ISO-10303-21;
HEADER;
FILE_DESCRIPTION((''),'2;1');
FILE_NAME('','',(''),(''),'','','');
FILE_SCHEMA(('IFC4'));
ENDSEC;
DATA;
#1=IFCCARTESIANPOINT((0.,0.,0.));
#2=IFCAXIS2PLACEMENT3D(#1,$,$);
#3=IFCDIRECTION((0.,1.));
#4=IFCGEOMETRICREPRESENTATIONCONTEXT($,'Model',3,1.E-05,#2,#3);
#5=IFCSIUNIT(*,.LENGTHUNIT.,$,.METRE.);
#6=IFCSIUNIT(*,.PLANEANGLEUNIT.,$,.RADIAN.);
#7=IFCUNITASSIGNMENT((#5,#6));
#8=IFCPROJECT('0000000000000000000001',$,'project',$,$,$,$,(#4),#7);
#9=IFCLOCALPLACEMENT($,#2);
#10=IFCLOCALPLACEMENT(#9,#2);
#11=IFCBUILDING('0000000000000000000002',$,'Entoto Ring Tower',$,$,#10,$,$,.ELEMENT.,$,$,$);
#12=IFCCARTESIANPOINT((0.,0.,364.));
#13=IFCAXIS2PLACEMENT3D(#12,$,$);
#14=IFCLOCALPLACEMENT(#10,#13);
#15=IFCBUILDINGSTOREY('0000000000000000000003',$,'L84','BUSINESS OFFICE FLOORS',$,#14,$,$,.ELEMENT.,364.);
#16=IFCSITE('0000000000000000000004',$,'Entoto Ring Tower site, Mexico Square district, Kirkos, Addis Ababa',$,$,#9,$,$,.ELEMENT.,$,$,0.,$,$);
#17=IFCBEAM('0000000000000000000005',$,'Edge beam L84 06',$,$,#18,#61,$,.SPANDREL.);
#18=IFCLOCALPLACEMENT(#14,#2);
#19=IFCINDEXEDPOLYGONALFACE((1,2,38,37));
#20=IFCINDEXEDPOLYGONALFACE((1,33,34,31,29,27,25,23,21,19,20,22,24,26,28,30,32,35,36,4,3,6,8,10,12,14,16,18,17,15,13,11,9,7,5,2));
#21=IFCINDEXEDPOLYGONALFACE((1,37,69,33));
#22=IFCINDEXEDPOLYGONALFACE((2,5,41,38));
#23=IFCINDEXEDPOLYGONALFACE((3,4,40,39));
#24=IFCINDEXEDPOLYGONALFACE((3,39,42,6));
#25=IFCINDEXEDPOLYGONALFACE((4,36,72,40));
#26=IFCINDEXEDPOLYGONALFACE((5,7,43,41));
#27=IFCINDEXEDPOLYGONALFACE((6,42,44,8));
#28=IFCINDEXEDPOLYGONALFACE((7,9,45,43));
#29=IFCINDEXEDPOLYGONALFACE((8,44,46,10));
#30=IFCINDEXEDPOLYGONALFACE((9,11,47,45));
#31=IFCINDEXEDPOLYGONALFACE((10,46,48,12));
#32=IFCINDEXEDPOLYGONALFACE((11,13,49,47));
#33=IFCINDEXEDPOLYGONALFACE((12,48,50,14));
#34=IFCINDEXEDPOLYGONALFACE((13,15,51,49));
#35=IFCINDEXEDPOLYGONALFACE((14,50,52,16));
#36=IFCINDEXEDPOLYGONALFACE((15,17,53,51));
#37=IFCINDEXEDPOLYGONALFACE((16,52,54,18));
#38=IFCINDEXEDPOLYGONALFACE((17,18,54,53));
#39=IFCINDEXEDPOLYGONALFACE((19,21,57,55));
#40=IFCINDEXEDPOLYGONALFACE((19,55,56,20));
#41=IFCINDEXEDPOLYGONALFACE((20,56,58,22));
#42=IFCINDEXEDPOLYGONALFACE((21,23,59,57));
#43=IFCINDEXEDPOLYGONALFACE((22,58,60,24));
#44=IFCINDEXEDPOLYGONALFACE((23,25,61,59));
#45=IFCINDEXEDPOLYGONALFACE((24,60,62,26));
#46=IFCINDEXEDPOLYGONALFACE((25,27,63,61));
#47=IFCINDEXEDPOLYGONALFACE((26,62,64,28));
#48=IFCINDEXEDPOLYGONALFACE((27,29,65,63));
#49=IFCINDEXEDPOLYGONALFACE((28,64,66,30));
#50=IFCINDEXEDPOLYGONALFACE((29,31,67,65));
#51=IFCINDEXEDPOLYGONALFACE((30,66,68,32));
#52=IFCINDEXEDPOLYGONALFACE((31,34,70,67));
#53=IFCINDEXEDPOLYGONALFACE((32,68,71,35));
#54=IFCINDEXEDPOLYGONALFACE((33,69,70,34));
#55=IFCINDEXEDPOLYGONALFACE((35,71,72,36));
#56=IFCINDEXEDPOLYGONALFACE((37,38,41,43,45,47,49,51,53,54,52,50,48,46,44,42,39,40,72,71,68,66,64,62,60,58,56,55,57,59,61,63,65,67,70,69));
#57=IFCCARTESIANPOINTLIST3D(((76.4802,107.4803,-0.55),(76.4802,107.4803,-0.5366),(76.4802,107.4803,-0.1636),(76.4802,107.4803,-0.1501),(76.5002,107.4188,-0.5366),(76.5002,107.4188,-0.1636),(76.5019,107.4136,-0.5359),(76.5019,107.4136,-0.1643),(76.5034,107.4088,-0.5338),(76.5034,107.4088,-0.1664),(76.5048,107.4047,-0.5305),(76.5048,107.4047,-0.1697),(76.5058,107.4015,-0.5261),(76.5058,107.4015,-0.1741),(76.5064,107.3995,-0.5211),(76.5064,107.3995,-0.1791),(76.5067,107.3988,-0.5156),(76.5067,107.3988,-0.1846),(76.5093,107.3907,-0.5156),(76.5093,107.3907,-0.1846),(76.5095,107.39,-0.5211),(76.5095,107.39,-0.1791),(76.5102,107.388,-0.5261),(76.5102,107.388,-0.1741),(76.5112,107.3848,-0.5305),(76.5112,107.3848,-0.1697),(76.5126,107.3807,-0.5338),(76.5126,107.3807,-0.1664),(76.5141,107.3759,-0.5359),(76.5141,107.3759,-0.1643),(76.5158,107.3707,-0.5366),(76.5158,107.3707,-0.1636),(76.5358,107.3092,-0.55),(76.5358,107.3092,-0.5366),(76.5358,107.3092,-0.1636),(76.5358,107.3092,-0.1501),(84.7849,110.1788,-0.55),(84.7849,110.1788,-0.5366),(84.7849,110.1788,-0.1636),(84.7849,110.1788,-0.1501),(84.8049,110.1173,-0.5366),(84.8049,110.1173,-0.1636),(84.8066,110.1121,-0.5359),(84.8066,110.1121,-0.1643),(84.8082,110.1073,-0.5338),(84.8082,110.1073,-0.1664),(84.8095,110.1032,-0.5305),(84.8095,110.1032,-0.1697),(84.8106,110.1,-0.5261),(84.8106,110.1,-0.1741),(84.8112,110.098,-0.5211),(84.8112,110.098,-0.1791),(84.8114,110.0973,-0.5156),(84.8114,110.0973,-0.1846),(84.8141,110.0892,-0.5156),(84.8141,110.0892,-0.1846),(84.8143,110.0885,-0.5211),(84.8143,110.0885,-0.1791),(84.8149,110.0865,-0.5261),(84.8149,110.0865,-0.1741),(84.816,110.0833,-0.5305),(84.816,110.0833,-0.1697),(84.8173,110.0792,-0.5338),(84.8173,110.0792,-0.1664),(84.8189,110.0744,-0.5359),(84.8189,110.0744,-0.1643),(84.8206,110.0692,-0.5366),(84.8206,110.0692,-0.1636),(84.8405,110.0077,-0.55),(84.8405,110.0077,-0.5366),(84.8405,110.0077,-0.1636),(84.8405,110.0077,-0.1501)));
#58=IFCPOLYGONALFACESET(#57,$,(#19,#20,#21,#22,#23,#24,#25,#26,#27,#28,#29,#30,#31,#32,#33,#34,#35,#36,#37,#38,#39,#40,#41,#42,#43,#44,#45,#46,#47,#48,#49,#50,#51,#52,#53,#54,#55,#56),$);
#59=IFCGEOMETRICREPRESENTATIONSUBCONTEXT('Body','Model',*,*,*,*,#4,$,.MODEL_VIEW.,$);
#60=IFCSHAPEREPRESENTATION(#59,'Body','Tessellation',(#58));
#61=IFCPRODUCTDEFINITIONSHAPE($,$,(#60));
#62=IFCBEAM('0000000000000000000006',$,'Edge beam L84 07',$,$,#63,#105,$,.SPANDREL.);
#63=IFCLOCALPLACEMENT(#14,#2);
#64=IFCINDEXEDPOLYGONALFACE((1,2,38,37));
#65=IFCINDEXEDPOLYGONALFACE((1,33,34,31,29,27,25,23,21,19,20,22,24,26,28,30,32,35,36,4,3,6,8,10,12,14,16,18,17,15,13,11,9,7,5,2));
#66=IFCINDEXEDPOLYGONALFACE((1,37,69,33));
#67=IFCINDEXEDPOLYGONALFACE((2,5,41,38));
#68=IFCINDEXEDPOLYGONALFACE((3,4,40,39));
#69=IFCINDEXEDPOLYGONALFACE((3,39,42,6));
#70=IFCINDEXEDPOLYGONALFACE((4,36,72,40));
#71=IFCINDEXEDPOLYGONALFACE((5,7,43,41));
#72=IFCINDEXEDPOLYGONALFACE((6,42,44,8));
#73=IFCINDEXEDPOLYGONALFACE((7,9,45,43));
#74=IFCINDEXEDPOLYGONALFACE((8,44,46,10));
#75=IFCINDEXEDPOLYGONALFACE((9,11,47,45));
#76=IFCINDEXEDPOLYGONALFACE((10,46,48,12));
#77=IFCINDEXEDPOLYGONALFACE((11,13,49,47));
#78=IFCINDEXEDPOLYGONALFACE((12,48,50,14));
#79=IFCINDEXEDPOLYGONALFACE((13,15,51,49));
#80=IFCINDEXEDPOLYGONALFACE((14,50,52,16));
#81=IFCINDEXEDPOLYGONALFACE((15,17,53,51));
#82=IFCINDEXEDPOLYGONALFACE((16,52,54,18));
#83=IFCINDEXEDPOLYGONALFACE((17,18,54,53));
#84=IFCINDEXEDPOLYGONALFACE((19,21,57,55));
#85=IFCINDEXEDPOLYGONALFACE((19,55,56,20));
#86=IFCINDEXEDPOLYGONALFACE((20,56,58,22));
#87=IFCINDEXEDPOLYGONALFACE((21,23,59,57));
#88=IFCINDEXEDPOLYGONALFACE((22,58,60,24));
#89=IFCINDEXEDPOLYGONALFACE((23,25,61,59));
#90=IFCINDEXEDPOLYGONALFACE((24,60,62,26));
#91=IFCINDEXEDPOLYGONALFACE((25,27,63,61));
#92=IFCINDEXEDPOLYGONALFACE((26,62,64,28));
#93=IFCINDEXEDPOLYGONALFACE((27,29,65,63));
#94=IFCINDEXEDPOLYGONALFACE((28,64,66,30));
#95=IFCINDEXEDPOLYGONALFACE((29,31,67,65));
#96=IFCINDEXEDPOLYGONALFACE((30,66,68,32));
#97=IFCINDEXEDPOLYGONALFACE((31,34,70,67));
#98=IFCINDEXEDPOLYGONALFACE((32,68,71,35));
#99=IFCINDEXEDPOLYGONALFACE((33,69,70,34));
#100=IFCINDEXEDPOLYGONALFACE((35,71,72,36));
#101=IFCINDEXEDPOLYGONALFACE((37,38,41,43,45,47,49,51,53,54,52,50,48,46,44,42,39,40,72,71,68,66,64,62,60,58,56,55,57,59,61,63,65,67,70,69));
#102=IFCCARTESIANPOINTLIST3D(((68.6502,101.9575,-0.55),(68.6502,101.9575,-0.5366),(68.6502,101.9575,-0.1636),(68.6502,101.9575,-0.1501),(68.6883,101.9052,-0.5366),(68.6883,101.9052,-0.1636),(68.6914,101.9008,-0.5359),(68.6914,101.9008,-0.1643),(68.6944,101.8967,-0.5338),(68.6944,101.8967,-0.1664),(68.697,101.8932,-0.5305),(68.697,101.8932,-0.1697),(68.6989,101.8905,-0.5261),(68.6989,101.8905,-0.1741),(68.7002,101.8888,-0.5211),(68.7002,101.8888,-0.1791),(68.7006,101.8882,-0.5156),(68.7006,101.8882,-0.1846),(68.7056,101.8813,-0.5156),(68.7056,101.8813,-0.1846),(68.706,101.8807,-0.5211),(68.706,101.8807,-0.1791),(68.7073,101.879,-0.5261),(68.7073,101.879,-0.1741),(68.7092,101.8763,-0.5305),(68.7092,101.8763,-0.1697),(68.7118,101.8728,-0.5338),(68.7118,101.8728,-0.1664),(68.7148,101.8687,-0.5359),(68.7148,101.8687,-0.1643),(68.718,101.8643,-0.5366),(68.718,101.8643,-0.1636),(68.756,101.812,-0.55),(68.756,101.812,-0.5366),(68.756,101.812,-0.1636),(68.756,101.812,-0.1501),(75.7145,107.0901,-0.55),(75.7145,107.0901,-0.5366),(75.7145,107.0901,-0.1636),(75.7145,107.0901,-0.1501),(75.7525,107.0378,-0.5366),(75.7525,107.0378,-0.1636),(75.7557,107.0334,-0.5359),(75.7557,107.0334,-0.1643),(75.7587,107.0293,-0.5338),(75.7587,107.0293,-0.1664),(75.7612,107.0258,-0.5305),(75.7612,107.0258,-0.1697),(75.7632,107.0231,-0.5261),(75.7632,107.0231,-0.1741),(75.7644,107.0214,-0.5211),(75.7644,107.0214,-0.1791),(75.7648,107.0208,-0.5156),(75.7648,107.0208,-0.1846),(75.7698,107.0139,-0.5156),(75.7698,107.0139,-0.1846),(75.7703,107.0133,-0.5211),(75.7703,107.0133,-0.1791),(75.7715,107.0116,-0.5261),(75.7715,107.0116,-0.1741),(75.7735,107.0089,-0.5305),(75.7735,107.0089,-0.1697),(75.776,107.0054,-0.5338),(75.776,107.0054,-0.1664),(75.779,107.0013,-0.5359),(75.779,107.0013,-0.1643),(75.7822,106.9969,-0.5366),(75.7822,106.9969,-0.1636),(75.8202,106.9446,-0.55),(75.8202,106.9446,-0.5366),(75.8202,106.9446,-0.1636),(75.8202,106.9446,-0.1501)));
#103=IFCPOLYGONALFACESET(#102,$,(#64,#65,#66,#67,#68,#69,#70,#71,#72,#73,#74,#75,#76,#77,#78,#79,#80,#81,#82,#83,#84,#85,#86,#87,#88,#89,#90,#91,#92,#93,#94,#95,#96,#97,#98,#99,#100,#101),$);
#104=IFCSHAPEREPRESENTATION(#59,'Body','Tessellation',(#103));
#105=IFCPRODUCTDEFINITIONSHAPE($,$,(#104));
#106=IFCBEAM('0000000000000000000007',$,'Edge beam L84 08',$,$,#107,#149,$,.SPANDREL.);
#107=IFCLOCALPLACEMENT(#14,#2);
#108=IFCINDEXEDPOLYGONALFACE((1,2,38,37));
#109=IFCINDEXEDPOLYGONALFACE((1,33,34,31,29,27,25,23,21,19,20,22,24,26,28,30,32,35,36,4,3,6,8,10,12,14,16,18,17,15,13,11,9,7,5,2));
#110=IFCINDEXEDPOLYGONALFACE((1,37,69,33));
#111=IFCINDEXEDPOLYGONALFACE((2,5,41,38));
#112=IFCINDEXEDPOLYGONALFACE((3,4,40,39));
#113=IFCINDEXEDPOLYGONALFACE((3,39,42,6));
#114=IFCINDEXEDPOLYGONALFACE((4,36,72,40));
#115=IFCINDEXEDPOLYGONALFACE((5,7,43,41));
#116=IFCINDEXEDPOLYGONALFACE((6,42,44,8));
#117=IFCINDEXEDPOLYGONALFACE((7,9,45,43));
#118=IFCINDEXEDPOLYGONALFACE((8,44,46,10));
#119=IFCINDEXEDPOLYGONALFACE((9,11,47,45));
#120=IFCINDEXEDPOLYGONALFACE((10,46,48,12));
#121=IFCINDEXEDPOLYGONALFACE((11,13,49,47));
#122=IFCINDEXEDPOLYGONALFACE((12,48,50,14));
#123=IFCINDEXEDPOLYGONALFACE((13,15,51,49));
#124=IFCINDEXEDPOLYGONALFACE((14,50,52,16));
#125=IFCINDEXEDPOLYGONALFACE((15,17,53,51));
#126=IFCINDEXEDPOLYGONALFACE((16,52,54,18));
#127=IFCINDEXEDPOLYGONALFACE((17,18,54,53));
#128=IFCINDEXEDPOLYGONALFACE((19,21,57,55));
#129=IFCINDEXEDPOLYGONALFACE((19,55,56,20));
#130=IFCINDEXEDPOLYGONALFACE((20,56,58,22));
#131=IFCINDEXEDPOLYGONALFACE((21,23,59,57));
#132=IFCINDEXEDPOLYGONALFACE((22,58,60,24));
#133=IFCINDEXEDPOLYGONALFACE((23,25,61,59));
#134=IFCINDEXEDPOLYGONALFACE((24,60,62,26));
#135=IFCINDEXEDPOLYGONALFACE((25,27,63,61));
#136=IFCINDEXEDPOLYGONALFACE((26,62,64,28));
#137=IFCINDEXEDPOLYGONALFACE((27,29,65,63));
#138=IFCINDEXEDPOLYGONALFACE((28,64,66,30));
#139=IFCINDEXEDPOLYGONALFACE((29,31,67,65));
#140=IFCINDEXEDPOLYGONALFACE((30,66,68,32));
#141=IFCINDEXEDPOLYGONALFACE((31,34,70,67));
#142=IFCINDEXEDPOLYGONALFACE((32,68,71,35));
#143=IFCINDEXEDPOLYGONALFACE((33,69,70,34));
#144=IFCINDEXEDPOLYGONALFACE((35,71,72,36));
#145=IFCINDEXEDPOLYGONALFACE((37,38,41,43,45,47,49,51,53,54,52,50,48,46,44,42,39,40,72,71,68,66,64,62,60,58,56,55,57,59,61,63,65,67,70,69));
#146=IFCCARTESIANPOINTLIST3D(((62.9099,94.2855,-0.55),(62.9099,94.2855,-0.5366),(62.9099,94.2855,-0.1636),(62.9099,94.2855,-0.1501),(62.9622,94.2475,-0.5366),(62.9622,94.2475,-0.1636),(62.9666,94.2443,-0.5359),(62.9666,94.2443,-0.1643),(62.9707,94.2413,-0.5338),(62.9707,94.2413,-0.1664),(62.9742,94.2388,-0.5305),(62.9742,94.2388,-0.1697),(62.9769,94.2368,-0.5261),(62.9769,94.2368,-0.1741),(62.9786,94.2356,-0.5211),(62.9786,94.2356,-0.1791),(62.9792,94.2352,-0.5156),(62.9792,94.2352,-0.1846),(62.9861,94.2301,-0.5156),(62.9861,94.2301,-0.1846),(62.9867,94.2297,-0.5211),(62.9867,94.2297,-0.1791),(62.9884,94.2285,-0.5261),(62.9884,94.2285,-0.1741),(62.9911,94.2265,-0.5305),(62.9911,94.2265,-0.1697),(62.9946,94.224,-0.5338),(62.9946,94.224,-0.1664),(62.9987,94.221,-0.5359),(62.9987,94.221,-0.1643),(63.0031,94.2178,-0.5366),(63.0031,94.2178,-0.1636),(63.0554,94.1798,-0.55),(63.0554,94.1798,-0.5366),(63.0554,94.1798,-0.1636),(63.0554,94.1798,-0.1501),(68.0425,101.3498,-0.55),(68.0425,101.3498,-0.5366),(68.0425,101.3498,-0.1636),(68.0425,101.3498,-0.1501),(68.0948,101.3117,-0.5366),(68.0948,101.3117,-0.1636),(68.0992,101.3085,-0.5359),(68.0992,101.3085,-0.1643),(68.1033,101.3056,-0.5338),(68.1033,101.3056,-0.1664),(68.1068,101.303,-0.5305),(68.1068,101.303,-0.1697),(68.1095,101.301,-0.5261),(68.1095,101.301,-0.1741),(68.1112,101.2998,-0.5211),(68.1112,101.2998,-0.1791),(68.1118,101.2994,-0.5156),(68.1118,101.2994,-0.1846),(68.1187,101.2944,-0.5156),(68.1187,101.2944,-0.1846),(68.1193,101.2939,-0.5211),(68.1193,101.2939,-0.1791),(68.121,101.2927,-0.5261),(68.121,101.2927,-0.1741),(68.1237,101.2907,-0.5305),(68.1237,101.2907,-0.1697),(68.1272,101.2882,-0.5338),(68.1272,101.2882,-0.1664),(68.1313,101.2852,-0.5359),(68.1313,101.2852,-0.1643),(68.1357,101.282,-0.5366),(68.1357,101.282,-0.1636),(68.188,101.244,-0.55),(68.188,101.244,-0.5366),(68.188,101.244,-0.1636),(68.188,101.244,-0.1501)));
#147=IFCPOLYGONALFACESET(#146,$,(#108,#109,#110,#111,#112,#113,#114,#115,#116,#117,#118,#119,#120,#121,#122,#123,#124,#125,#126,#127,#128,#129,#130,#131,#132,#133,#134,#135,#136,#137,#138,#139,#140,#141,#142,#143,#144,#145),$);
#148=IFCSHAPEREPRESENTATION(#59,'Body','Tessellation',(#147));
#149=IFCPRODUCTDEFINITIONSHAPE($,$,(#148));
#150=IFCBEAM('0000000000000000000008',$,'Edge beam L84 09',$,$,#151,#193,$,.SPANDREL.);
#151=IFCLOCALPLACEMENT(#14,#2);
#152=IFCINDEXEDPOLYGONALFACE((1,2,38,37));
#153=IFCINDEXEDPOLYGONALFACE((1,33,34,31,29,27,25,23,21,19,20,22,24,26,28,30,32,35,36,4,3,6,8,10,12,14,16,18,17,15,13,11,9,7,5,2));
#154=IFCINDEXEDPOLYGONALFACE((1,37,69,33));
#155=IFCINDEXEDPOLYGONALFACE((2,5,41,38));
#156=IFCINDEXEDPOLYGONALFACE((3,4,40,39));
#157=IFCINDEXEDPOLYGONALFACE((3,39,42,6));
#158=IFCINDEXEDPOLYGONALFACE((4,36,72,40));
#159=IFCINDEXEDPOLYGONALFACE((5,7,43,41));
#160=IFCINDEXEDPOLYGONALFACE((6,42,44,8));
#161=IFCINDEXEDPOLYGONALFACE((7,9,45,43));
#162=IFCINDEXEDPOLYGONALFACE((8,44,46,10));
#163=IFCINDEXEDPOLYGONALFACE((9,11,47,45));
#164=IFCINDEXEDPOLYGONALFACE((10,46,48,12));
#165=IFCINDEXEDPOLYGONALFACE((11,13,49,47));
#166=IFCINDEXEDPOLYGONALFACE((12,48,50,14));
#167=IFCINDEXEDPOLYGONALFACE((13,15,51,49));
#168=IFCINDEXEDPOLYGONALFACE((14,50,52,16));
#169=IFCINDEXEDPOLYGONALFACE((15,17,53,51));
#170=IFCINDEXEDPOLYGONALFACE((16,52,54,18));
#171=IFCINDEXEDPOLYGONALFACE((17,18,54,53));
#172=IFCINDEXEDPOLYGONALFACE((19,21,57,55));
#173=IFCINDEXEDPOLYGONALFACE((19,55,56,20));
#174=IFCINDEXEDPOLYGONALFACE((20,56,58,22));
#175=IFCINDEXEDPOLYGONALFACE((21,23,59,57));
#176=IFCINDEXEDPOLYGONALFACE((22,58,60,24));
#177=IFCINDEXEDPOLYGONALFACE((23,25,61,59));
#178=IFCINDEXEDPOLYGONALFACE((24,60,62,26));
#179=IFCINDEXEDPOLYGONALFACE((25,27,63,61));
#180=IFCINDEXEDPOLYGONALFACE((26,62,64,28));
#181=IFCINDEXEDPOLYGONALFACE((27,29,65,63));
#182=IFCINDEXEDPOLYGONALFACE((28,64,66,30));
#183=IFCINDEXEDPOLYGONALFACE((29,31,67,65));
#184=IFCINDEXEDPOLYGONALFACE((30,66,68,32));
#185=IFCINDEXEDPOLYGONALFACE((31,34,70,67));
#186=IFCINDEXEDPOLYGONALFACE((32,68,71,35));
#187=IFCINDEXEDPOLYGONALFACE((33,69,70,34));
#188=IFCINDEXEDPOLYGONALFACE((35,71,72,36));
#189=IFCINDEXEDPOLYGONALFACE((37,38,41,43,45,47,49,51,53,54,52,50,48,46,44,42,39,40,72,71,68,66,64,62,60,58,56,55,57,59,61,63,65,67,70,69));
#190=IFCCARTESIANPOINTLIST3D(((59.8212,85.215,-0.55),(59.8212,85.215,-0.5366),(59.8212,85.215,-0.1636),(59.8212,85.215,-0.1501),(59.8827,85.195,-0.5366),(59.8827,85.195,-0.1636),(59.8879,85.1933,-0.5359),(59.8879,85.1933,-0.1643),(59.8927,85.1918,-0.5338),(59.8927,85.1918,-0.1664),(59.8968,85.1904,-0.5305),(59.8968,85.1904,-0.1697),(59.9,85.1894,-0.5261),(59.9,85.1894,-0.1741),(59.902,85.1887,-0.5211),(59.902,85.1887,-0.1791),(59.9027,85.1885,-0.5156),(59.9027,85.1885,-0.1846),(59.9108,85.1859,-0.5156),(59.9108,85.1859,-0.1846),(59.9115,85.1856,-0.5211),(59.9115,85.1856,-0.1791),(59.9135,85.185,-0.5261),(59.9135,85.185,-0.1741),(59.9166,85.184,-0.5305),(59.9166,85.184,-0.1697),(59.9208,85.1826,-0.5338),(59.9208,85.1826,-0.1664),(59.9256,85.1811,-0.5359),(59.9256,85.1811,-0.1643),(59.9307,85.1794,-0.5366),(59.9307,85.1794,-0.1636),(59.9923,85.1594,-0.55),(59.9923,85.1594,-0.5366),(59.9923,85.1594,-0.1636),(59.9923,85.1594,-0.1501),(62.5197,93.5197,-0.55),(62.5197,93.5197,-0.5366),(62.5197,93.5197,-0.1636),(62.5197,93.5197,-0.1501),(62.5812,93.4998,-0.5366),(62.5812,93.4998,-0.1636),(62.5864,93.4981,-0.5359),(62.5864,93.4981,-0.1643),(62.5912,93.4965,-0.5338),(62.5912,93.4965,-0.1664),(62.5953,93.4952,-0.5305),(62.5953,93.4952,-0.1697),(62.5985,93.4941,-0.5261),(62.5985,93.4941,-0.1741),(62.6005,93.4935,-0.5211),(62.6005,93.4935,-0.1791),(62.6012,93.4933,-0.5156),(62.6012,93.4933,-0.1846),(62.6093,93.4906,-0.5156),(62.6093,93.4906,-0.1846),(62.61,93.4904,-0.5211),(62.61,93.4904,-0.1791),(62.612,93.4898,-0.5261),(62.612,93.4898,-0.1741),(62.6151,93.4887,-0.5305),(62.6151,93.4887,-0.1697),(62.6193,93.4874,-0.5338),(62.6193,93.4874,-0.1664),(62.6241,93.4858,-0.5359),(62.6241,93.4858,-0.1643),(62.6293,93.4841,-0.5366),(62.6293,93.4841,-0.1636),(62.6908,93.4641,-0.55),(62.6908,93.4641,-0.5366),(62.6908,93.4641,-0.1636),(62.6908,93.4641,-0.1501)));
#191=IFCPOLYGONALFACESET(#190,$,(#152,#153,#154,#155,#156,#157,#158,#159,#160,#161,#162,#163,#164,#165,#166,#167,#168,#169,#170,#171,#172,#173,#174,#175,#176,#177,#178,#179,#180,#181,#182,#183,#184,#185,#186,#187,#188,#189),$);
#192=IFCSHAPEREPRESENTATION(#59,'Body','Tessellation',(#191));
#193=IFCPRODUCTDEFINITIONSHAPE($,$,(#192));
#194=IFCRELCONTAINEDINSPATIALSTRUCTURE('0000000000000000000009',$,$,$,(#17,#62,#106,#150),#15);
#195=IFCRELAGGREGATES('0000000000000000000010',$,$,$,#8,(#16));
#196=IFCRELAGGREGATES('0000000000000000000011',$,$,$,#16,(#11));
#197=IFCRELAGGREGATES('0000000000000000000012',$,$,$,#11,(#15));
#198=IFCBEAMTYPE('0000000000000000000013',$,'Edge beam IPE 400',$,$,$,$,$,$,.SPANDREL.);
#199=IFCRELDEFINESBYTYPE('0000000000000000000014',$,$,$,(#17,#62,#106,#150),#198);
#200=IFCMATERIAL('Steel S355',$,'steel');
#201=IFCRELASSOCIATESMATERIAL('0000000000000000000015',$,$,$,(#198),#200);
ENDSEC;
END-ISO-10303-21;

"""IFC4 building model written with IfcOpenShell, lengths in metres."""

from ifc_helpers import new_model, si_unit, direction, frame, origin, origin_2d, place, context, subcontext, project, spatial, i_section, extrude, material, material_profile, profile_set, type_object, element, save


model = new_model("IFC4")

# Units and contexts
model_context = context("Model", 3, precision=1e-05, world=origin(), true_north=direction((0.0, 1.0)))
body_context = subcontext(model_context, "Body", "Model", "MODEL_VIEW")
ifc_project = project(units=[si_unit("LENGTHUNIT", "METRE"), si_unit("PLANEANGLEUNIT", "RADIAN")], contexts=[model_context])

# Site, building, storey
site_placement = place(None, origin())
site = spatial("IfcSite", under=ifc_project, at=site_placement, Name="Entoto Ring Tower site, Mexico Square district, Kirkos, Addis Ababa", CompositionType="ELEMENT", RefElevation=0.0)
building_placement = place(site_placement, origin())
building = spatial("IfcBuilding", under=site, at=building_placement, Name="Entoto Ring Tower", CompositionType="ELEMENT")
storey_placement = place(building_placement, frame((0.0, 0.0, 364.0)))
storey = spatial("IfcBuildingStorey", under=building, at=storey_placement, Name="L84", Description="BUSINESS OFFICE FLOORS", CompositionType="ELEMENT", Elevation=364.0)

# Beams
ifc_material_1 = material(Name="Steel S355", Category="steel")
ifc_material_profile_1 = material_profile(ifc_material_1, i_section(OverallWidth=0.1799, OverallDepth=0.3999, WebThickness=0.0085, FlangeThickness=0.0134, FilletRadius=0.021, at=origin_2d()), Name="IPE 400")
ifc_profile_set_1 = profile_set([ifc_material_profile_1], Name="Steel S355")
beam_type_1 = type_object("IfcBeamType", Name="Edge beam IPE 400", PredefinedType="SPANDREL", material=ifc_profile_set_1)
beam_1_placement = place(storey_placement, frame((84.8127, 110.0933, -0.3501), z_axis=(-0.951052, -0.30903, 0.0), x_axis=(0.30903, -0.951052, 0.0)))
element("IfcBeam", 1, at=beam_1_placement, inside=storey, type_object=beam_type_1, Name="Edge beam L84 06", PredefinedType="SPANDREL", context=body_context, shape_type="SweptSolid", body=[
    extrude(i_section(OverallWidth=0.1799, OverallDepth=0.3999, WebThickness=0.0085, FlangeThickness=0.0134, FilletRadius=0.021, at=origin_2d()), origin(), (0.0, 0.0, 1.0), 8.7322),
])
for number, where, z_axis, x_axis, name in (
    (2, (75.7673, 107.0173, -0.3501), (-0.80901, -0.587794, 0.0), (0.587794, -0.80901, 0.0), "Edge beam L84 07"),
    (3, (68.1152, 101.2969, -0.3501), (-0.587794, -0.80901, 0.0), (0.80901, -0.587794, 0.0), "Edge beam L84 08"),
):
    element("IfcBeam", number, at=place(storey_placement, frame(where, z_axis=z_axis, x_axis=x_axis)), inside=storey, type_object=beam_type_1, Name=name, PredefinedType="SPANDREL", context=body_context, shape_type="SweptSolid", body=[
        extrude(i_section(OverallWidth=0.1799, OverallDepth=0.3999, WebThickness=0.0085, FlangeThickness=0.0134, FilletRadius=0.021, at=origin_2d()), origin(), (0.0, 0.0, 1.0), 8.7319),
    ])
beam_2_placement = place(storey_placement, frame((62.6052, 93.4919, -0.3501), z_axis=(-0.30903, -0.951052, 0.0), x_axis=(0.951052, -0.30903, 0.0)))
element("IfcBeam", 4, at=beam_2_placement, inside=storey, type_object=beam_type_1, Name="Edge beam L84 09", PredefinedType="SPANDREL", context=body_context, shape_type="SweptSolid", body=[
    extrude(i_section(OverallWidth=0.1799, OverallDepth=0.3999, WebThickness=0.0085, FlangeThickness=0.0134, FilletRadius=0.021, at=origin_2d()), origin(), (0.0, 0.0, 1.0), 8.7322),
])

save(model, "model.ifc")
